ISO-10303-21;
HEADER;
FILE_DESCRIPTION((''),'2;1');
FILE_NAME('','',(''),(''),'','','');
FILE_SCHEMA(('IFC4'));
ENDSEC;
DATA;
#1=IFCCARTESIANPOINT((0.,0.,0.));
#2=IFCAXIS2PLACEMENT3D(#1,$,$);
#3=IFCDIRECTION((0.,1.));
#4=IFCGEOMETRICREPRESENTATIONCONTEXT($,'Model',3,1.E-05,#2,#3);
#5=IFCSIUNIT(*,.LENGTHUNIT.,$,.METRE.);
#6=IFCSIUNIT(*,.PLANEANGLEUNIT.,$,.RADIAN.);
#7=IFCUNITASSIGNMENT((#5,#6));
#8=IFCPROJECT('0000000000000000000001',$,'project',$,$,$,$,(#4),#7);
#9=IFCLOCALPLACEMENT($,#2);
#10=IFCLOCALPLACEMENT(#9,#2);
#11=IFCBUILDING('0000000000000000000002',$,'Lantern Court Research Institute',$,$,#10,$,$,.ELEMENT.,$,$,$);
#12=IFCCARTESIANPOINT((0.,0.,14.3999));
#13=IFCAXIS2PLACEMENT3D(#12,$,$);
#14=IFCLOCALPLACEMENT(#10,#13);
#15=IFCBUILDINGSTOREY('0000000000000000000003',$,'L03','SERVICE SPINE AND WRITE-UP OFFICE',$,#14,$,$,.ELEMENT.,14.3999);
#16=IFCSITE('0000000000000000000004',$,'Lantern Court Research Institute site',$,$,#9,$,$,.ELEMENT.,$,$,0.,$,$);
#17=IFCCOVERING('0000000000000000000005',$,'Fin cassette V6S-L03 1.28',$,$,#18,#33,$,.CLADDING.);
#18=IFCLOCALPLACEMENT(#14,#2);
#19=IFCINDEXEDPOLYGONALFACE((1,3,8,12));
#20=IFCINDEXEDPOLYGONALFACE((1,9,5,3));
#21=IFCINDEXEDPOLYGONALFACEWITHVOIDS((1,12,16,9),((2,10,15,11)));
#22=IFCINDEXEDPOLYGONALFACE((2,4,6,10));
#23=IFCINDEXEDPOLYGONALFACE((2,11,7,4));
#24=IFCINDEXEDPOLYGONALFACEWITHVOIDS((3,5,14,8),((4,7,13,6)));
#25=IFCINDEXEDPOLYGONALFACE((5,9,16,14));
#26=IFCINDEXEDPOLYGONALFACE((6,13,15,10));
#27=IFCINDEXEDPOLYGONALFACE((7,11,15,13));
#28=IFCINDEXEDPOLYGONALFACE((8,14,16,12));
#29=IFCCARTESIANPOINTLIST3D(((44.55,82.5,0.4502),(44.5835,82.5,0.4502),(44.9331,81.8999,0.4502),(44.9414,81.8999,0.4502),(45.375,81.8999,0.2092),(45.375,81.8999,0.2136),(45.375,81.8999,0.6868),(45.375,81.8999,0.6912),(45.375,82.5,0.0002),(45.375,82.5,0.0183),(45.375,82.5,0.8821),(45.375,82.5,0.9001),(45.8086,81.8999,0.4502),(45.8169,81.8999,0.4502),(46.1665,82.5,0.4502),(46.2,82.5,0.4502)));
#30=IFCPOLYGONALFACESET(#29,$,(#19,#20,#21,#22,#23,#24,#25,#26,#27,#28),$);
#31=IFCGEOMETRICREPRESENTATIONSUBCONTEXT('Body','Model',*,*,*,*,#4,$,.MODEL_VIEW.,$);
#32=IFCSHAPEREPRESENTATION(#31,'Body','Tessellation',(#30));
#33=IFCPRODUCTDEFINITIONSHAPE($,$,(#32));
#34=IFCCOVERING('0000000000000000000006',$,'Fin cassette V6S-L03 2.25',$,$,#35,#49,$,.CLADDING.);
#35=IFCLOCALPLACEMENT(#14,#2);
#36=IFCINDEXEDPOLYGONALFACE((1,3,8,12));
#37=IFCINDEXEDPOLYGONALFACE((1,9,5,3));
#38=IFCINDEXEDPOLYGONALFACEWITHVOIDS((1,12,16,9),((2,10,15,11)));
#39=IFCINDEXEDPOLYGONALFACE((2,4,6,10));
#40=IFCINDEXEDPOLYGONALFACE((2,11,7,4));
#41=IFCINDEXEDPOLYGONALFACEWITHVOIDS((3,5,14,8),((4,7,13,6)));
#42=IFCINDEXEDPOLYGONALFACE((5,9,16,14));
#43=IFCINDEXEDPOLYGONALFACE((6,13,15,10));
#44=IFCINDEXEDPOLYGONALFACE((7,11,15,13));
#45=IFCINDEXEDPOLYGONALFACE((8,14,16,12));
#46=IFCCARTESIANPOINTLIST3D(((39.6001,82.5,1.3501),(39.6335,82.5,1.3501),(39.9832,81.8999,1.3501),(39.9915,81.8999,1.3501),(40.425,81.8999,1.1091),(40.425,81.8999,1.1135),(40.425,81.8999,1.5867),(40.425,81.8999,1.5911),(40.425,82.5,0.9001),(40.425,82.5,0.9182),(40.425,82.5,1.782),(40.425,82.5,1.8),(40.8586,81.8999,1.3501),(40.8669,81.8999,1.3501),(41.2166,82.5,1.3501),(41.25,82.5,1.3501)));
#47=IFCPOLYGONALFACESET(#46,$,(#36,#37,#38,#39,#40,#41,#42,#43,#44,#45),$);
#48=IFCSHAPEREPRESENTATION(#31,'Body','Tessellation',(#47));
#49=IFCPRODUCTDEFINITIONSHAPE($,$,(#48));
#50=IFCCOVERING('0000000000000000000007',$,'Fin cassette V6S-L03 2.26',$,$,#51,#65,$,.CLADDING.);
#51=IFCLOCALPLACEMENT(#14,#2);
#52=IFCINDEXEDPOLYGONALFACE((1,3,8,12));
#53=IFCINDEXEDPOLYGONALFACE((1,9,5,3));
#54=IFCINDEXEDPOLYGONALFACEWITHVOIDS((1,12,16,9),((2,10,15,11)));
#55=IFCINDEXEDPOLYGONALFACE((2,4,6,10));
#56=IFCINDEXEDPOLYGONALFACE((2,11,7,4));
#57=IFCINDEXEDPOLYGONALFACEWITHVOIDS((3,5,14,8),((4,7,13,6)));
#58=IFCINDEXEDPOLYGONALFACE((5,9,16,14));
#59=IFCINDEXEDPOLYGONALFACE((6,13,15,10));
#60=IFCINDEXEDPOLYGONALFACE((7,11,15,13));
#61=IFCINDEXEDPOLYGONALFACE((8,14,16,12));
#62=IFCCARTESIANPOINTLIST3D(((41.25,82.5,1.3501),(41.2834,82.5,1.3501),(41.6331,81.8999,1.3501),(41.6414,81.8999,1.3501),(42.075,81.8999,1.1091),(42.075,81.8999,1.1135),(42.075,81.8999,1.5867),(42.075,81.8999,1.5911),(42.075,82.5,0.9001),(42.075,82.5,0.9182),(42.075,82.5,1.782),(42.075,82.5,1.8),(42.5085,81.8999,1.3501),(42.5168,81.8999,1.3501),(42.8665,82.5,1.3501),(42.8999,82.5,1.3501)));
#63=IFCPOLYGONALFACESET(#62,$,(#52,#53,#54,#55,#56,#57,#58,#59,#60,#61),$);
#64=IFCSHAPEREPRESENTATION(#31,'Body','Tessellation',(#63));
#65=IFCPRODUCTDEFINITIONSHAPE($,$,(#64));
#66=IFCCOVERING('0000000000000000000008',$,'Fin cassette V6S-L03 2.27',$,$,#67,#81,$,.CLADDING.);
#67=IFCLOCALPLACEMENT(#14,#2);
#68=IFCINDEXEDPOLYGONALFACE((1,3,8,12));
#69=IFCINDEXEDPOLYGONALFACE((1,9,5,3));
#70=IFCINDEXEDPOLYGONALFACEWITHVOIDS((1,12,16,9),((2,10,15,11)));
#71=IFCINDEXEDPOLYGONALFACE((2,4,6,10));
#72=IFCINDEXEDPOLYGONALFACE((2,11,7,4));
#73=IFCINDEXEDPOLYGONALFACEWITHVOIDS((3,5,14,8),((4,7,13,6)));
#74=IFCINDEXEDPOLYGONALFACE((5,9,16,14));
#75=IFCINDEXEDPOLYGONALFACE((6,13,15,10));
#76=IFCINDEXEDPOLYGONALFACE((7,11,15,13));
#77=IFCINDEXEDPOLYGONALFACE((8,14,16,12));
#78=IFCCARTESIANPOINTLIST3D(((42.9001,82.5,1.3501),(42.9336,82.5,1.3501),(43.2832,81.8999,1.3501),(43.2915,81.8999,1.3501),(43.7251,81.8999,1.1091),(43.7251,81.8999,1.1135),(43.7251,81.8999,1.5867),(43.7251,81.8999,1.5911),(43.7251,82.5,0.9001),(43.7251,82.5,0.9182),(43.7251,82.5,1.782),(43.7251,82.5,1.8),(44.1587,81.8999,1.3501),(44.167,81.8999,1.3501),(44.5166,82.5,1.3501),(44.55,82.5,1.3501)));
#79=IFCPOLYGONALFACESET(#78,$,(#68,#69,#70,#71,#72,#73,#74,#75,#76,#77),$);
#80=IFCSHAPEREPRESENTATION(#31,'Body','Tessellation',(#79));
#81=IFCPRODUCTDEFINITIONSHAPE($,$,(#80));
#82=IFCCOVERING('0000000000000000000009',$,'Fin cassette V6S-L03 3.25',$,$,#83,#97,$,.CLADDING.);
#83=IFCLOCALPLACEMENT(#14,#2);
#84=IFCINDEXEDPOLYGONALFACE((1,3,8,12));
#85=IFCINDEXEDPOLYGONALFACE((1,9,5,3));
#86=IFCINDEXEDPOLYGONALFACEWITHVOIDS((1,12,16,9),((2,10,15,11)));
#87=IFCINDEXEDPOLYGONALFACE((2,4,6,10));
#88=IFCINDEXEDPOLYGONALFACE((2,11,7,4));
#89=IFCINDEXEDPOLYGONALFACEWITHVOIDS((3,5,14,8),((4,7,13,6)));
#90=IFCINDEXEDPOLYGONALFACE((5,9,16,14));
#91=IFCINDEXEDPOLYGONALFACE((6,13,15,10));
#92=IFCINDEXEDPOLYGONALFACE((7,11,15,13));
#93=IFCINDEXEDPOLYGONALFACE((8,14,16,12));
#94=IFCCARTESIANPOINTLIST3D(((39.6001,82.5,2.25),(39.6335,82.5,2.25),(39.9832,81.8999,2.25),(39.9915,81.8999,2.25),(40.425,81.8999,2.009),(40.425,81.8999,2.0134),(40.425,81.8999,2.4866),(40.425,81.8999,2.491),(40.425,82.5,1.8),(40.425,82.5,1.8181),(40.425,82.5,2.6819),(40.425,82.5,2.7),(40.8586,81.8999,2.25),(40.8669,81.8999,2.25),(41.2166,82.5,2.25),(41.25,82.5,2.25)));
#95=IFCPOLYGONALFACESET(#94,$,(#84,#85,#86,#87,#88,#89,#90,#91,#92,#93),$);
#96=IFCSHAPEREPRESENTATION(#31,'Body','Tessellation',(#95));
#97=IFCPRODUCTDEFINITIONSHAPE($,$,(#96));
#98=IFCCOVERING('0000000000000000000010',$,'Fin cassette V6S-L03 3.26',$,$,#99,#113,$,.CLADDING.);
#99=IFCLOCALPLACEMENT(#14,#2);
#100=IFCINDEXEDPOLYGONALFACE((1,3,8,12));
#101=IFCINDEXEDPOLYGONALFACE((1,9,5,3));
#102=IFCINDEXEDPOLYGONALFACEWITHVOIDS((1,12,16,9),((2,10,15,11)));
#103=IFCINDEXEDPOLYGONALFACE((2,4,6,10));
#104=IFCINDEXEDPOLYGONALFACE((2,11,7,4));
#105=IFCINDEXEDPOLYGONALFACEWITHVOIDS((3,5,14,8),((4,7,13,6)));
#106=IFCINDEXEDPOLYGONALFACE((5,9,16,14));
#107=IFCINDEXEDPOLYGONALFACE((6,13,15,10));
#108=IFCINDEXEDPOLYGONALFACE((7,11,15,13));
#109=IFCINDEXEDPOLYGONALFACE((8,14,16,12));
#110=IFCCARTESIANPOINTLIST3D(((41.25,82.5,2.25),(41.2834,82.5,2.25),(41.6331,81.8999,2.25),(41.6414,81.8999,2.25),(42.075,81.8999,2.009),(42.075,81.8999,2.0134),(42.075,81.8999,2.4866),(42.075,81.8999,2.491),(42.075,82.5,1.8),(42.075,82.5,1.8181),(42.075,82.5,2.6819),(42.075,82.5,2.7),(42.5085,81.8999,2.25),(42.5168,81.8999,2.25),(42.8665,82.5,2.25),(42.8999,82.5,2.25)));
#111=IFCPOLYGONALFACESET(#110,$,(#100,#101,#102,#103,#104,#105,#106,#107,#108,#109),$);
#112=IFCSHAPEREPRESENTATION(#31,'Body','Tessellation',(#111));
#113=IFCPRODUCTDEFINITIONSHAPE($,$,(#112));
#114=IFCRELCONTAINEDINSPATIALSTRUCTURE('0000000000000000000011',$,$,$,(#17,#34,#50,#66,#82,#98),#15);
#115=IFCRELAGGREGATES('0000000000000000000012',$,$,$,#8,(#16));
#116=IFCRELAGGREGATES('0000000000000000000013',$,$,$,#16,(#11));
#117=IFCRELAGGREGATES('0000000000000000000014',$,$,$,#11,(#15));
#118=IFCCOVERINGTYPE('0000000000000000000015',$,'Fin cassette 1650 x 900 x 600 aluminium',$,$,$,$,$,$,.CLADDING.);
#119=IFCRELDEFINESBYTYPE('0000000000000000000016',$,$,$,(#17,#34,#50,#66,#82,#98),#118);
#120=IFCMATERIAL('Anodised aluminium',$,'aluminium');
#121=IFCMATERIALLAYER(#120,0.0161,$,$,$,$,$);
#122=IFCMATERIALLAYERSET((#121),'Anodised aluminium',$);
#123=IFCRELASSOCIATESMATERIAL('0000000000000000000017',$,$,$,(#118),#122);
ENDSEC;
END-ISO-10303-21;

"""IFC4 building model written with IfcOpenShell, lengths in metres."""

from ifc_helpers import new_model, entity, si_unit, direction, frame, origin, place, context, subcontext, project, spatial, material, layer, layer_set, type_object, element, save


model = new_model("IFC4")

# Units and contexts
model_context = context("Model", 3, precision=1e-05, world=origin(), true_north=direction((0.0, 1.0)))
body_context = subcontext(model_context, "Body", "Model", "MODEL_VIEW")
ifc_project = project(units=[si_unit("LENGTHUNIT", "METRE"), si_unit("PLANEANGLEUNIT", "RADIAN")], contexts=[model_context])

# Site, building, storey
site_placement = place(None, origin())
site = spatial("IfcSite", under=ifc_project, at=site_placement, Name="Lantern Court Research Institute site", CompositionType="ELEMENT", RefElevation=0.0)
building_placement = place(site_placement, origin())
building = spatial("IfcBuilding", under=site, at=building_placement, Name="Lantern Court Research Institute", CompositionType="ELEMENT")
storey_placement = place(building_placement, frame((0.0, 0.0, 14.3999)))
storey = spatial("IfcBuildingStorey", under=building, at=storey_placement, Name="L03", Description="SERVICE SPINE AND WRITE-UP OFFICE", CompositionType="ELEMENT", Elevation=14.3999)

# Coverings
ifc_material_1 = material(Name="Anodised aluminium", Category="aluminium")
ifc_layer_1 = layer(ifc_material_1, 0.0161)
ifc_layer_set_1 = layer_set([ifc_layer_1], Name="Anodised aluminium")
covering_type = type_object("IfcCoveringType", Name="Fin cassette 1650 x 900 x 600 aluminium", PredefinedType="CLADDING", material=ifc_layer_set_1)
covering_1_placement = place(storey_placement, frame((45.375, 82.5, 0.4502), z_axis=(0.0, -1.0, 0.0), x_axis=(1.0, 0.0, 0.0)))
cartesian_point_1 = entity("IfcCartesianPoint", [0.825, 0.0])
cartesian_point_2 = entity("IfcCartesianPoint", [0.7915, 0.0])
cartesian_point_3 = entity("IfcCartesianPoint", [0.4419, 0.0])
cartesian_point_4 = entity("IfcCartesianPoint", [0.4336, 0.0])
element("IfcCovering", 1, at=covering_1_placement, inside=storey, type_object=covering_type, Name="Fin cassette V6S-L03 1.28", PredefinedType="CLADDING", context=body_context, shape_type="SweptSolid", body=[
    entity("IfcExtrudedAreaSolidTapered", entity("IfcArbitraryProfileDefWithVoids", "AREA", None, entity("IfcPolyline", [cartesian_point_1, entity("IfcCartesianPoint", [0.0, 0.45]), entity("IfcCartesianPoint", [-0.825, 0.0]), entity("IfcCartesianPoint", [0.0, -0.45]), cartesian_point_1]), [entity("IfcPolyline", [cartesian_point_2, entity("IfcCartesianPoint", [0.0, 0.4319]), entity("IfcCartesianPoint", [-0.7915, 0.0]), entity("IfcCartesianPoint", [0.0, -0.4319]), cartesian_point_2])]), entity("IfcAxis2Placement3D", entity("IfcCartesianPoint", [0.0, 0.0, 0.0])), entity("IfcDirection", [0.0, 0.0, 1.0]), 0.6001, entity("IfcArbitraryProfileDefWithVoids", "AREA", None, entity("IfcPolyline", [cartesian_point_3, entity("IfcCartesianPoint", [0.0, 0.241]), entity("IfcCartesianPoint", [-0.4419, 0.0]), entity("IfcCartesianPoint", [0.0, -0.241]), cartesian_point_3]), [entity("IfcPolyline", [cartesian_point_4, entity("IfcCartesianPoint", [0.0, 0.2366]), entity("IfcCartesianPoint", [-0.4336, 0.0]), entity("IfcCartesianPoint", [0.0, -0.2366]), cartesian_point_4])])),
])
covering_2_placement = place(storey_placement, frame((40.425, 82.5, 1.3501), z_axis=(0.0, -1.0, 0.0), x_axis=(1.0, 0.0, 0.0)))
cartesian_point_5 = entity("IfcCartesianPoint", [0.825, 0.0])
cartesian_point_6 = entity("IfcCartesianPoint", [0.7915, 0.0])
cartesian_point_7 = entity("IfcCartesianPoint", [0.4419, 0.0])
cartesian_point_8 = entity("IfcCartesianPoint", [0.4336, 0.0])
element("IfcCovering", 2, at=covering_2_placement, inside=storey, type_object=covering_type, Name="Fin cassette V6S-L03 2.25", PredefinedType="CLADDING", context=body_context, shape_type="SweptSolid", body=[
    entity("IfcExtrudedAreaSolidTapered", entity("IfcArbitraryProfileDefWithVoids", "AREA", None, entity("IfcPolyline", [cartesian_point_5, entity("IfcCartesianPoint", [0.0, 0.45]), entity("IfcCartesianPoint", [-0.825, 0.0]), entity("IfcCartesianPoint", [0.0, -0.45]), cartesian_point_5]), [entity("IfcPolyline", [cartesian_point_6, entity("IfcCartesianPoint", [0.0, 0.4319]), entity("IfcCartesianPoint", [-0.7915, 0.0]), entity("IfcCartesianPoint", [0.0, -0.4319]), cartesian_point_6])]), entity("IfcAxis2Placement3D", entity("IfcCartesianPoint", [0.0, 0.0, 0.0])), entity("IfcDirection", [0.0, 0.0, 1.0]), 0.6001, entity("IfcArbitraryProfileDefWithVoids", "AREA", None, entity("IfcPolyline", [cartesian_point_7, entity("IfcCartesianPoint", [0.0, 0.241]), entity("IfcCartesianPoint", [-0.4419, 0.0]), entity("IfcCartesianPoint", [0.0, -0.241]), cartesian_point_7]), [entity("IfcPolyline", [cartesian_point_8, entity("IfcCartesianPoint", [0.0, 0.2366]), entity("IfcCartesianPoint", [-0.4336, 0.0]), entity("IfcCartesianPoint", [0.0, -0.2366]), cartesian_point_8])])),
])
covering_3_placement = place(storey_placement, frame((42.075, 82.5, 1.3501), z_axis=(0.0, -1.0, 0.0), x_axis=(1.0, 0.0, 0.0)))
cartesian_point_9 = entity("IfcCartesianPoint", [0.825, 0.0])
cartesian_point_10 = entity("IfcCartesianPoint", [0.7915, 0.0])
cartesian_point_11 = entity("IfcCartesianPoint", [0.4419, 0.0])
cartesian_point_12 = entity("IfcCartesianPoint", [0.4336, 0.0])
element("IfcCovering", 3, at=covering_3_placement, inside=storey, type_object=covering_type, Name="Fin cassette V6S-L03 2.26", PredefinedType="CLADDING", context=body_context, shape_type="SweptSolid", body=[
    entity("IfcExtrudedAreaSolidTapered", entity("IfcArbitraryProfileDefWithVoids", "AREA", None, entity("IfcPolyline", [cartesian_point_9, entity("IfcCartesianPoint", [0.0, 0.45]), entity("IfcCartesianPoint", [-0.825, 0.0]), entity("IfcCartesianPoint", [0.0, -0.45]), cartesian_point_9]), [entity("IfcPolyline", [cartesian_point_10, entity("IfcCartesianPoint", [0.0, 0.4319]), entity("IfcCartesianPoint", [-0.7915, 0.0]), entity("IfcCartesianPoint", [0.0, -0.4319]), cartesian_point_10])]), entity("IfcAxis2Placement3D", entity("IfcCartesianPoint", [0.0, 0.0, 0.0])), entity("IfcDirection", [0.0, 0.0, 1.0]), 0.6001, entity("IfcArbitraryProfileDefWithVoids", "AREA", None, entity("IfcPolyline", [cartesian_point_11, entity("IfcCartesianPoint", [0.0, 0.241]), entity("IfcCartesianPoint", [-0.4419, 0.0]), entity("IfcCartesianPoint", [0.0, -0.241]), cartesian_point_11]), [entity("IfcPolyline", [cartesian_point_12, entity("IfcCartesianPoint", [0.0, 0.2366]), entity("IfcCartesianPoint", [-0.4336, 0.0]), entity("IfcCartesianPoint", [0.0, -0.2366]), cartesian_point_12])])),
])
covering_4_placement = place(storey_placement, frame((43.7251, 82.5, 1.3501), z_axis=(0.0, -1.0, 0.0), x_axis=(1.0, 0.0, 0.0)))
cartesian_point_13 = entity("IfcCartesianPoint", [0.825, 0.0])
cartesian_point_14 = entity("IfcCartesianPoint", [0.7915, 0.0])
cartesian_point_15 = entity("IfcCartesianPoint", [0.4419, 0.0])
cartesian_point_16 = entity("IfcCartesianPoint", [0.4336, 0.0])
element("IfcCovering", 4, at=covering_4_placement, inside=storey, type_object=covering_type, Name="Fin cassette V6S-L03 2.27", PredefinedType="CLADDING", context=body_context, shape_type="SweptSolid", body=[
    entity("IfcExtrudedAreaSolidTapered", entity("IfcArbitraryProfileDefWithVoids", "AREA", None, entity("IfcPolyline", [cartesian_point_13, entity("IfcCartesianPoint", [0.0, 0.45]), entity("IfcCartesianPoint", [-0.825, 0.0]), entity("IfcCartesianPoint", [0.0, -0.45]), cartesian_point_13]), [entity("IfcPolyline", [cartesian_point_14, entity("IfcCartesianPoint", [0.0, 0.4319]), entity("IfcCartesianPoint", [-0.7915, 0.0]), entity("IfcCartesianPoint", [0.0, -0.4319]), cartesian_point_14])]), entity("IfcAxis2Placement3D", entity("IfcCartesianPoint", [0.0, 0.0, 0.0])), entity("IfcDirection", [0.0, 0.0, 1.0]), 0.6001, entity("IfcArbitraryProfileDefWithVoids", "AREA", None, entity("IfcPolyline", [cartesian_point_15, entity("IfcCartesianPoint", [0.0, 0.241]), entity("IfcCartesianPoint", [-0.4419, 0.0]), entity("IfcCartesianPoint", [0.0, -0.241]), cartesian_point_15]), [entity("IfcPolyline", [cartesian_point_16, entity("IfcCartesianPoint", [0.0, 0.2366]), entity("IfcCartesianPoint", [-0.4336, 0.0]), entity("IfcCartesianPoint", [0.0, -0.2366]), cartesian_point_16])])),
])
covering_5_placement = place(storey_placement, frame((40.425, 82.5, 2.25), z_axis=(0.0, -1.0, 0.0), x_axis=(1.0, 0.0, 0.0)))
cartesian_point_17 = entity("IfcCartesianPoint", [0.825, 0.0])
cartesian_point_18 = entity("IfcCartesianPoint", [0.7915, 0.0])
cartesian_point_19 = entity("IfcCartesianPoint", [0.4419, 0.0])
cartesian_point_20 = entity("IfcCartesianPoint", [0.4336, 0.0])
element("IfcCovering", 5, at=covering_5_placement, inside=storey, type_object=covering_type, Name="Fin cassette V6S-L03 3.25", PredefinedType="CLADDING", context=body_context, shape_type="SweptSolid", body=[
    entity("IfcExtrudedAreaSolidTapered", entity("IfcArbitraryProfileDefWithVoids", "AREA", None, entity("IfcPolyline", [cartesian_point_17, entity("IfcCartesianPoint", [0.0, 0.45]), entity("IfcCartesianPoint", [-0.825, 0.0]), entity("IfcCartesianPoint", [0.0, -0.45]), cartesian_point_17]), [entity("IfcPolyline", [cartesian_point_18, entity("IfcCartesianPoint", [0.0, 0.4319]), entity("IfcCartesianPoint", [-0.7915, 0.0]), entity("IfcCartesianPoint", [0.0, -0.4319]), cartesian_point_18])]), entity("IfcAxis2Placement3D", entity("IfcCartesianPoint", [0.0, 0.0, 0.0])), entity("IfcDirection", [0.0, 0.0, 1.0]), 0.6001, entity("IfcArbitraryProfileDefWithVoids", "AREA", None, entity("IfcPolyline", [cartesian_point_19, entity("IfcCartesianPoint", [0.0, 0.241]), entity("IfcCartesianPoint", [-0.4419, 0.0]), entity("IfcCartesianPoint", [0.0, -0.241]), cartesian_point_19]), [entity("IfcPolyline", [cartesian_point_20, entity("IfcCartesianPoint", [0.0, 0.2366]), entity("IfcCartesianPoint", [-0.4336, 0.0]), entity("IfcCartesianPoint", [0.0, -0.2366]), cartesian_point_20])])),
])
covering_6_placement = place(storey_placement, frame((42.075, 82.5, 2.25), z_axis=(0.0, -1.0, 0.0), x_axis=(1.0, 0.0, 0.0)))
cartesian_point_21 = entity("IfcCartesianPoint", [0.825, 0.0])
cartesian_point_22 = entity("IfcCartesianPoint", [0.7915, 0.0])
cartesian_point_23 = entity("IfcCartesianPoint", [0.4419, 0.0])
cartesian_point_24 = entity("IfcCartesianPoint", [0.4336, 0.0])
element("IfcCovering", 6, at=covering_6_placement, inside=storey, type_object=covering_type, Name="Fin cassette V6S-L03 3.26", PredefinedType="CLADDING", context=body_context, shape_type="SweptSolid", body=[
    entity("IfcExtrudedAreaSolidTapered", entity("IfcArbitraryProfileDefWithVoids", "AREA", None, entity("IfcPolyline", [cartesian_point_21, entity("IfcCartesianPoint", [0.0, 0.45]), entity("IfcCartesianPoint", [-0.825, 0.0]), entity("IfcCartesianPoint", [0.0, -0.45]), cartesian_point_21]), [entity("IfcPolyline", [cartesian_point_22, entity("IfcCartesianPoint", [0.0, 0.4319]), entity("IfcCartesianPoint", [-0.7915, 0.0]), entity("IfcCartesianPoint", [0.0, -0.4319]), cartesian_point_22])]), entity("IfcAxis2Placement3D", entity("IfcCartesianPoint", [0.0, 0.0, 0.0])), entity("IfcDirection", [0.0, 0.0, 1.0]), 0.6001, entity("IfcArbitraryProfileDefWithVoids", "AREA", None, entity("IfcPolyline", [cartesian_point_23, entity("IfcCartesianPoint", [0.0, 0.241]), entity("IfcCartesianPoint", [-0.4419, 0.0]), entity("IfcCartesianPoint", [0.0, -0.241]), cartesian_point_23]), [entity("IfcPolyline", [cartesian_point_24, entity("IfcCartesianPoint", [0.0, 0.2366]), entity("IfcCartesianPoint", [-0.4336, 0.0]), entity("IfcCartesianPoint", [0.0, -0.2366]), cartesian_point_24])])),
])

save(model, "model.ifc")
